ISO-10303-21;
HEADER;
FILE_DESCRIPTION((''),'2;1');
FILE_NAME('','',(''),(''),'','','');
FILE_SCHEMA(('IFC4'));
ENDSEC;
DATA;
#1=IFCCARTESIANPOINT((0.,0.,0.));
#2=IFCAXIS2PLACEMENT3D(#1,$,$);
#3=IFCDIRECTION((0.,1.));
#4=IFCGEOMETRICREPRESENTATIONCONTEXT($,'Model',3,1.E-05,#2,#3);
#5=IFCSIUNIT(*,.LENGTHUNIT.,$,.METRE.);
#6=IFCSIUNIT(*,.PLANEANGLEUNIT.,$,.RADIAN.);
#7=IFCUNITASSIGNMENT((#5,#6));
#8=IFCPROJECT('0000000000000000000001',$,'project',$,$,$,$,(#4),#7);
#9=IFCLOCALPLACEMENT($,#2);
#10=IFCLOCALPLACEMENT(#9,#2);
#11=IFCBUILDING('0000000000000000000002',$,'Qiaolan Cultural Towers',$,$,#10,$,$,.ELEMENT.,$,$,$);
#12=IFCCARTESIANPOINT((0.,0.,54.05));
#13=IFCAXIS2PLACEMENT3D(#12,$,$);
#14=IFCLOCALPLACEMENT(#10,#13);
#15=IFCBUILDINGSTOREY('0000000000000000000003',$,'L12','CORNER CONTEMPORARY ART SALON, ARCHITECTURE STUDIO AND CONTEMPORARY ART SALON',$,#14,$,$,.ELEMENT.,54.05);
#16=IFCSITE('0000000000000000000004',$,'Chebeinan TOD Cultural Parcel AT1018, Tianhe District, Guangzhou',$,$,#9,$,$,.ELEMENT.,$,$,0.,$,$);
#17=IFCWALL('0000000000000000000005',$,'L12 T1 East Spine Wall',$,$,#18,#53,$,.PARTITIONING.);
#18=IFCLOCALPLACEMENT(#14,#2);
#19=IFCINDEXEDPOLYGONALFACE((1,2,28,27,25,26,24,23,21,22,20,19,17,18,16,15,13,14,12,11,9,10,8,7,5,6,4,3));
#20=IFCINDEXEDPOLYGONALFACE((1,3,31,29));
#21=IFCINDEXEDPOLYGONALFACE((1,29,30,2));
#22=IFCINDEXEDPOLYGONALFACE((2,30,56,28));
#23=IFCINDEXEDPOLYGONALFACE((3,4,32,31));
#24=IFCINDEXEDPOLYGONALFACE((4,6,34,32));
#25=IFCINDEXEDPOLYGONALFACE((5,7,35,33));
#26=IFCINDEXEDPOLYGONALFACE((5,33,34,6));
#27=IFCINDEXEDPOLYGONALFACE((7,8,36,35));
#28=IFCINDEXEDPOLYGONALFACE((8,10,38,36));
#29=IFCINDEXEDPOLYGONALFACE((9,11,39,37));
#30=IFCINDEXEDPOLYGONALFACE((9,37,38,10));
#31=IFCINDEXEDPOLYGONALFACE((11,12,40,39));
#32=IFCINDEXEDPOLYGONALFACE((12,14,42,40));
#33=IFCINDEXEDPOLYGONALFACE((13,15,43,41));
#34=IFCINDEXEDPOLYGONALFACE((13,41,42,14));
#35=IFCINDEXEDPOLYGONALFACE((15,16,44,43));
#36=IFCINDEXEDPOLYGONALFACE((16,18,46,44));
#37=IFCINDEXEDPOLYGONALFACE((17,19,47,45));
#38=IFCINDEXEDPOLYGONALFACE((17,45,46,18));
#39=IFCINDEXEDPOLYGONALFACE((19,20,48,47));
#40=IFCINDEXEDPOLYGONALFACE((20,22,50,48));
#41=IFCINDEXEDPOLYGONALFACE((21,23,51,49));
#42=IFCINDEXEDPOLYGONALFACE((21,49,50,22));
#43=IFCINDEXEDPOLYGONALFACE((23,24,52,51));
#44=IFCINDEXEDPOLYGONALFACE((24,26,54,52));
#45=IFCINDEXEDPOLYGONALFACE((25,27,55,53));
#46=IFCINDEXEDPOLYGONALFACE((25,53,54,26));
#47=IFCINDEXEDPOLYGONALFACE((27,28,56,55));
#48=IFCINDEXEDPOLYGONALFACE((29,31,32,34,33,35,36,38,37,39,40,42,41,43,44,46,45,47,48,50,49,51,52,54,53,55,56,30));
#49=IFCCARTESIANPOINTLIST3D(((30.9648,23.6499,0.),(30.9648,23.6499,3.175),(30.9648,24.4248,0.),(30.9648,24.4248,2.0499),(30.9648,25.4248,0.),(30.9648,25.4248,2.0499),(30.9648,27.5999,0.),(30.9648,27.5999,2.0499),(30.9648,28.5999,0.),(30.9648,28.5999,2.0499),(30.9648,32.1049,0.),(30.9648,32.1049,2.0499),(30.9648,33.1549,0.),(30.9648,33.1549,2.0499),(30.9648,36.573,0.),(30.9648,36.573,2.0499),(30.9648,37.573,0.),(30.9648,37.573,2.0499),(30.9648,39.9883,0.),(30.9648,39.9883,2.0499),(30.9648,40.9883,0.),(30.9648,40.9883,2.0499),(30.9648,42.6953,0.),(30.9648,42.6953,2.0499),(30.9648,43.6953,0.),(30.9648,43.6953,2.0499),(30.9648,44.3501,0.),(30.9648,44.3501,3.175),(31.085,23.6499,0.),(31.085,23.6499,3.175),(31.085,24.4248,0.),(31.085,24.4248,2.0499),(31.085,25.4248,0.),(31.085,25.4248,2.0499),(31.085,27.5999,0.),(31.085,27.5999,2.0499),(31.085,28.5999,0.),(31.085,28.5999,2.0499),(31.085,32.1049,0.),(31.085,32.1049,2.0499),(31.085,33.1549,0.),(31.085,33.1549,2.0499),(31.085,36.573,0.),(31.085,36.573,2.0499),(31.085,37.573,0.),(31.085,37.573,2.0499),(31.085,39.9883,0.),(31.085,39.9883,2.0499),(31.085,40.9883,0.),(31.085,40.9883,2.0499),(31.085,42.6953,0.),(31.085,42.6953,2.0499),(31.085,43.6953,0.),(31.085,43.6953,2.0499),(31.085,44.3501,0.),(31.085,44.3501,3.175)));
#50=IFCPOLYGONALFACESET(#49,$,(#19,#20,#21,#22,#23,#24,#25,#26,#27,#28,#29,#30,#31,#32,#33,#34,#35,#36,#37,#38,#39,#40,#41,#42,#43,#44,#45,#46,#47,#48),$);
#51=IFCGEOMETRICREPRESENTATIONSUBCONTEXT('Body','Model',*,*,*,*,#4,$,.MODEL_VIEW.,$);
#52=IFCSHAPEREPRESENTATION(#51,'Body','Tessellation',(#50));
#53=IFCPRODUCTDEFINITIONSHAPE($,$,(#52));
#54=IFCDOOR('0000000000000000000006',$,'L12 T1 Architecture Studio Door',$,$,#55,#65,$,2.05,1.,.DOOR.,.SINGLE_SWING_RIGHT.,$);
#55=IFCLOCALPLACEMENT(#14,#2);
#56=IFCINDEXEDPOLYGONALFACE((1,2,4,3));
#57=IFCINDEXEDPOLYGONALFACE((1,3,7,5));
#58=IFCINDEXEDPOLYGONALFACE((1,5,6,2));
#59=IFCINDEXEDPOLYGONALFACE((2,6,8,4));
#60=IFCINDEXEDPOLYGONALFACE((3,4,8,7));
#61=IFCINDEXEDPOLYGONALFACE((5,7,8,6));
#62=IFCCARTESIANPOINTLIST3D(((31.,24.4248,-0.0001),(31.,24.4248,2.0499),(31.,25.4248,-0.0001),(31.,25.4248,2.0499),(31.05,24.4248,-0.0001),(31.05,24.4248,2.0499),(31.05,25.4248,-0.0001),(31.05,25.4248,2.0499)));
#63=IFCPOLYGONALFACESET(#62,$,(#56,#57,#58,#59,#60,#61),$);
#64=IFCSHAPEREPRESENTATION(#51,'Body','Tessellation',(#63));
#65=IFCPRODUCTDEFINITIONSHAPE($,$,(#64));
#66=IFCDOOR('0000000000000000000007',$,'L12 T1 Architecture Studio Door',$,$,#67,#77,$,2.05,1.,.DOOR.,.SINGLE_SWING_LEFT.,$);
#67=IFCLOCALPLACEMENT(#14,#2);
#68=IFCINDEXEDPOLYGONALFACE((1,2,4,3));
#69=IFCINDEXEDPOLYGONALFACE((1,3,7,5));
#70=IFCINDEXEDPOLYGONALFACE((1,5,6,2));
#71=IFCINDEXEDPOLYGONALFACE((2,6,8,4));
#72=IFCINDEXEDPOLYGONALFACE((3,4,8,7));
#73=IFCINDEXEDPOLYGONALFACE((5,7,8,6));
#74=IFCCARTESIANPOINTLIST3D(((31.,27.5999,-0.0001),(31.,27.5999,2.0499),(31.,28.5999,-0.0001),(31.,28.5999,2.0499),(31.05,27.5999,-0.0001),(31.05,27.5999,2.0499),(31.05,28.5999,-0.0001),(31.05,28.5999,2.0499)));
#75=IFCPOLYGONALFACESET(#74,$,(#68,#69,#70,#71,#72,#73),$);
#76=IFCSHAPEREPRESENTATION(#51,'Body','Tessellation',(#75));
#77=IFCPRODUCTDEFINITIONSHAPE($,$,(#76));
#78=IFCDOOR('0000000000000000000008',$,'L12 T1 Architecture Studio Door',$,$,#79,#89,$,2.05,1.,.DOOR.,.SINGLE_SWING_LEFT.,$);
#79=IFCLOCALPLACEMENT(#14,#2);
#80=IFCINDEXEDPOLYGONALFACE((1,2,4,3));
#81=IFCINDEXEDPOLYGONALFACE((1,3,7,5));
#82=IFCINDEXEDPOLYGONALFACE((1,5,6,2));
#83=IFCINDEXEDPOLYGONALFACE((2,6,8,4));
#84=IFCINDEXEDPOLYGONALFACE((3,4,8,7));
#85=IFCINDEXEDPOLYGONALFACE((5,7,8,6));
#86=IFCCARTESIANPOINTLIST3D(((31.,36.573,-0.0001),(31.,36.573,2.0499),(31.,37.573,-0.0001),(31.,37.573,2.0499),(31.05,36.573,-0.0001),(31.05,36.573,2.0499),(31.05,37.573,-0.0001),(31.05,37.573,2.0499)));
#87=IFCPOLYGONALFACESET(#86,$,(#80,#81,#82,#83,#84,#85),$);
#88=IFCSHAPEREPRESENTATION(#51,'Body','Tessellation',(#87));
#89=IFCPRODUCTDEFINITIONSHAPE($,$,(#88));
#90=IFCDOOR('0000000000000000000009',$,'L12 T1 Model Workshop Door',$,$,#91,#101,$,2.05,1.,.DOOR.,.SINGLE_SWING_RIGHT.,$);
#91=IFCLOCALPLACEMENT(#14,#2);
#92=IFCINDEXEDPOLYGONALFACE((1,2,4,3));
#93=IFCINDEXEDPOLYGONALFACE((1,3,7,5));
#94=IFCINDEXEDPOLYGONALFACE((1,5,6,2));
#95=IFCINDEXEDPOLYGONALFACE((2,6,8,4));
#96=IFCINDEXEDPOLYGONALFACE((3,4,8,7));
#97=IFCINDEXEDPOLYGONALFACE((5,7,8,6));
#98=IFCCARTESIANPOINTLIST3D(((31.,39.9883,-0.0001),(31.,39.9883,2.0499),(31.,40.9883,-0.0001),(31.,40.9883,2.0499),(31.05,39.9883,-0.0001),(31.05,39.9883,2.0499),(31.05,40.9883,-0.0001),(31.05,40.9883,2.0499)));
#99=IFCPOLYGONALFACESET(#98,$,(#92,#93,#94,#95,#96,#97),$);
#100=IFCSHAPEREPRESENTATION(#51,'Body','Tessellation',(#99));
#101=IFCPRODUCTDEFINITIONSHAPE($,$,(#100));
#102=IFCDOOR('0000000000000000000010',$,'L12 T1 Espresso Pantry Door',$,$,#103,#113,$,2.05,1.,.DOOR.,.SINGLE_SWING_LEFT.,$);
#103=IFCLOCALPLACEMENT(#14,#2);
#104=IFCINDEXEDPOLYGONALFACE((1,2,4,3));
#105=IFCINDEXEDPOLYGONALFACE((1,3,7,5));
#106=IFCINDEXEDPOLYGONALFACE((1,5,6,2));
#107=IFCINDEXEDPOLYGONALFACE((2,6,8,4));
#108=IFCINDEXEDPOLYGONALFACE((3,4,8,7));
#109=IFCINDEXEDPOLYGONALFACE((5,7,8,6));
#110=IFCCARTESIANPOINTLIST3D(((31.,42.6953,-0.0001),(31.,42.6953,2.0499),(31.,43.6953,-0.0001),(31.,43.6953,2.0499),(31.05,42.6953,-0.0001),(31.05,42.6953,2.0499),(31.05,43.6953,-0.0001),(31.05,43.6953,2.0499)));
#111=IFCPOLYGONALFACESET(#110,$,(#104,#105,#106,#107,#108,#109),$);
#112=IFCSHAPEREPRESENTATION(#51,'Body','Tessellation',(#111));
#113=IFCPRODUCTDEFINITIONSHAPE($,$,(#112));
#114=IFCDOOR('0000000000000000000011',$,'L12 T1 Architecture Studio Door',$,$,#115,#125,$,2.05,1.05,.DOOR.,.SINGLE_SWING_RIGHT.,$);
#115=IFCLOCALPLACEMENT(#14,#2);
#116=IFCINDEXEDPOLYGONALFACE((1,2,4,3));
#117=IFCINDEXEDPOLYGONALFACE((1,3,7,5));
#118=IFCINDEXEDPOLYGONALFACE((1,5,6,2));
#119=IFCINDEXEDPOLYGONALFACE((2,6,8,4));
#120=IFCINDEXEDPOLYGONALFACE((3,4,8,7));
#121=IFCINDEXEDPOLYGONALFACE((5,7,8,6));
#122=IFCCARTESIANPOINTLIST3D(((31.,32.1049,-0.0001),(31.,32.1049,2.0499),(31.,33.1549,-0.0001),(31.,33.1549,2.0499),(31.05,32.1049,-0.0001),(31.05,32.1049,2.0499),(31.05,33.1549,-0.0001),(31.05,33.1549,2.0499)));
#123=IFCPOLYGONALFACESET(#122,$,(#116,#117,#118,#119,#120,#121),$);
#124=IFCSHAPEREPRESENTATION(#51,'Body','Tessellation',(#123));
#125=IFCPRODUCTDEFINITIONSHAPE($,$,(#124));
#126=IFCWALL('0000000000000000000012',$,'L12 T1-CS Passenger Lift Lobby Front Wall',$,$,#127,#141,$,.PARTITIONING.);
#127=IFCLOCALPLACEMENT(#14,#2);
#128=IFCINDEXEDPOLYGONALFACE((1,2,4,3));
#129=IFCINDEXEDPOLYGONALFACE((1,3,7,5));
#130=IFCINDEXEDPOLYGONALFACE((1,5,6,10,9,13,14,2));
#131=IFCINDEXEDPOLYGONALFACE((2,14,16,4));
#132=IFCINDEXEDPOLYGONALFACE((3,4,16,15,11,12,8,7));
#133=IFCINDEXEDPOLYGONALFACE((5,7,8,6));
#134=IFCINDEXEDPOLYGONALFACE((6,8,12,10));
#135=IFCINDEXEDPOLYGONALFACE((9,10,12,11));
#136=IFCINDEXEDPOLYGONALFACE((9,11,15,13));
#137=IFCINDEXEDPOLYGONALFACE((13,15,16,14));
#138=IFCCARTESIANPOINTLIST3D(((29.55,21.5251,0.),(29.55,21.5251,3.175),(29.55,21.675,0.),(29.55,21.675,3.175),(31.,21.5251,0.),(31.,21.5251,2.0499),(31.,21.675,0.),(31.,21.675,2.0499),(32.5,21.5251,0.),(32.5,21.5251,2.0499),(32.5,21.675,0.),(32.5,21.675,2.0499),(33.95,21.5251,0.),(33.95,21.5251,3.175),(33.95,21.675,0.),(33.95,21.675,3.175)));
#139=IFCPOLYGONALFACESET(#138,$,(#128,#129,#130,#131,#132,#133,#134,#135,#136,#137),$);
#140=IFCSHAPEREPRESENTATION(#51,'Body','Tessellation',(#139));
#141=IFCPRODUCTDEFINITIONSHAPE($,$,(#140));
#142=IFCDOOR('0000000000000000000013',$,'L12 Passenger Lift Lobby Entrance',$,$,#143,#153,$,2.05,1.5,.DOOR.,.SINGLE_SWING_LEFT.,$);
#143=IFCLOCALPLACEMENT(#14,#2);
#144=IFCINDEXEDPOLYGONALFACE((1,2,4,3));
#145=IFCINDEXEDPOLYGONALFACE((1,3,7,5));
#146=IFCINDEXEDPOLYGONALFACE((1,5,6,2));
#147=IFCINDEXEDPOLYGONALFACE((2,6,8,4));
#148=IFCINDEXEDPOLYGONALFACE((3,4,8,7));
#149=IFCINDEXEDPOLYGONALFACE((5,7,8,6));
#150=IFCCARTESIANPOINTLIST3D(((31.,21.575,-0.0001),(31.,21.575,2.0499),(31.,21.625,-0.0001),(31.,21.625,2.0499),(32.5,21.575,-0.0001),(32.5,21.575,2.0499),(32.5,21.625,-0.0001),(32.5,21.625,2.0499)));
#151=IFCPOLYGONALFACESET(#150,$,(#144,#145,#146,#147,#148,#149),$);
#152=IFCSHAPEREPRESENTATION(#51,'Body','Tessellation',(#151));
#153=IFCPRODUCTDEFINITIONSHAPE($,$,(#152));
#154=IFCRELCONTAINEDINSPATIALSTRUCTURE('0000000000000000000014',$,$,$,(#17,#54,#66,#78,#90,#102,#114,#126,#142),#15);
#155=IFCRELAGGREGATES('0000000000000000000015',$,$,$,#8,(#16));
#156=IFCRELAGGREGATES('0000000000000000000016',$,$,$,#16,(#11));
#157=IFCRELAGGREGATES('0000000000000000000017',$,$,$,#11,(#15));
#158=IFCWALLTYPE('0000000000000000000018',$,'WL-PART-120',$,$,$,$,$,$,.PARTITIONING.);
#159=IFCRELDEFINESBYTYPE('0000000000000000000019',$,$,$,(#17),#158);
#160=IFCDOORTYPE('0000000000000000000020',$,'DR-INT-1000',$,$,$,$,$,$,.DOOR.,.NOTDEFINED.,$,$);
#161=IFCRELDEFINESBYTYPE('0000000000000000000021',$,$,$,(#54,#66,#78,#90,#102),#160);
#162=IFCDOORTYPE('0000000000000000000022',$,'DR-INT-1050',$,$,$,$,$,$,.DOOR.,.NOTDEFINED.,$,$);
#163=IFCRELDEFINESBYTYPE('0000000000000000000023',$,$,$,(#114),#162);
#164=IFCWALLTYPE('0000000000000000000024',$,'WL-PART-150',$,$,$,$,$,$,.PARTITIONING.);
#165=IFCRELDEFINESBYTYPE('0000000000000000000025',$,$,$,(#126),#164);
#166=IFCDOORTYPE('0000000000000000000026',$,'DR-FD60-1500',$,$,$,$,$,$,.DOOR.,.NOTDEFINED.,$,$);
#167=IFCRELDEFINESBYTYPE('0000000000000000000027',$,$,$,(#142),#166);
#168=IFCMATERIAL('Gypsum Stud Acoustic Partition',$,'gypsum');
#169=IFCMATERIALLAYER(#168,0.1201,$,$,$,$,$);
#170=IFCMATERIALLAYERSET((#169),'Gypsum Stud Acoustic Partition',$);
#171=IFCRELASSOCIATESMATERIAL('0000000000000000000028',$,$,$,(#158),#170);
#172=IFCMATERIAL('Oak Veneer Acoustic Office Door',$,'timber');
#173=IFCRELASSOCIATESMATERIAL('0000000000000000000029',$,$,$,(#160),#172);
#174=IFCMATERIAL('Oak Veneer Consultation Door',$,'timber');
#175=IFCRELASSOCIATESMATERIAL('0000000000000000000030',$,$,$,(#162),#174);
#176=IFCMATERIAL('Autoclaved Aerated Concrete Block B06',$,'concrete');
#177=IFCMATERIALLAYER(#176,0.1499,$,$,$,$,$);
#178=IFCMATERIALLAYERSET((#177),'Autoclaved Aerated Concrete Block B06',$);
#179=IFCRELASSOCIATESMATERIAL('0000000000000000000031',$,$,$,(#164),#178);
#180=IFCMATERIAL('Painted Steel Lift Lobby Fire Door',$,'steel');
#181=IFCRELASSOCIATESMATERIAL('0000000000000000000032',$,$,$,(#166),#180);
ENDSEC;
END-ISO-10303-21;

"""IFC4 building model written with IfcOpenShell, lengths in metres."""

from ifc_helpers import new_model, si_unit, direction, frame, frame_2d, origin, place, context, subcontext, project, spatial, rectangle, extrude, material, layer, layer_set, type_object, element, fill, save


model = new_model("IFC4")

# Units and contexts
model_context = context("Model", 3, precision=1e-05, world=origin(), true_north=direction((0.0, 1.0)))
body_context = subcontext(model_context, "Body", "Model", "MODEL_VIEW")
ifc_project = project(units=[si_unit("LENGTHUNIT", "METRE"), si_unit("PLANEANGLEUNIT", "RADIAN")], contexts=[model_context])

# Site, building, storey
site_placement = place(None, origin())
site = spatial("IfcSite", under=ifc_project, at=site_placement, Name="Chebeinan TOD Cultural Parcel AT1018, Tianhe District, Guangzhou", CompositionType="ELEMENT", RefElevation=0.0)
building_placement = place(site_placement, origin())
building = spatial("IfcBuilding", under=site, at=building_placement, Name="Qiaolan Cultural Towers", CompositionType="ELEMENT")
storey_placement = place(building_placement, frame((0.0, 0.0, 54.05)))
storey = spatial("IfcBuildingStorey", under=building, at=storey_placement, Name="L12", Description="CORNER CONTEMPORARY ART SALON, ARCHITECTURE STUDIO AND CONTEMPORARY ART SALON", CompositionType="ELEMENT", Elevation=54.05)

# Shared definitions
ifc_material_1 = material(Name="Gypsum Stud Acoustic Partition", Category="gypsum")
ifc_layer_1 = layer(ifc_material_1, 0.1201)
ifc_layer_set_1 = layer_set([ifc_layer_1], Name="Gypsum Stud Acoustic Partition")
wall_type_1 = type_object("IfcWallType", Name="WL-PART-120", PredefinedType="PARTITIONING", material=ifc_layer_set_1)

# Wall, openings, doors
ifc_material_2 = material(Name="Oak Veneer Acoustic Office Door", Category="timber")
door_type_1 = type_object("IfcDoorType", Name="DR-INT-1000", OperationType="NOTDEFINED", PredefinedType="DOOR", material=ifc_material_2)
wall_1_placement = place(storey_placement, frame((31.0249, 23.6499, 0.0), z_axis=(0.0, 0.0, 1.0), x_axis=(0.0, 1.0, 0.0)))
wall_1 = element("IfcWall", 1, at=wall_1_placement, inside=storey, type_object=wall_type_1, Name="L12 T1 East Spine Wall", PredefinedType="PARTITIONING", context=body_context, shape_type="SweptSolid", body=[
    extrude(rectangle(XDim=20.7002, YDim=0.1201, at=frame_2d((10.3501, 0.0))), origin(), (0.0, 0.0, 1.0), 3.175),
])
opening_1_placement = place(wall_1_placement, frame((0.7749, 0.0, 0.0)))
opening_1 = element("IfcOpeningElement", 2, at=opening_1_placement, cuts=wall_1, PredefinedType="OPENING", context=body_context, shape_type="SweptSolid", body=[
    extrude(rectangle(XDim=1.0, YDim=2.05, at=frame_2d((0.5, 1.0249))), frame((0.0, 0.0701, 0.0), z_axis=(0.0, -1.0, 0.0), x_axis=(1.0, 0.0, 0.0)), (0.0, 0.0, 1.0), 0.1401),
])
opening_2_placement = place(wall_1_placement, frame((3.95, 0.0, 0.0)))
opening_2 = element("IfcOpeningElement", 3, at=opening_2_placement, cuts=wall_1, PredefinedType="OPENING", context=body_context, shape_type="SweptSolid", body=[
    extrude(rectangle(XDim=1.0, YDim=2.05, at=frame_2d((0.5, 1.0249))), frame((0.0, 0.0701, 0.0), z_axis=(0.0, -1.0, 0.0), x_axis=(1.0, 0.0, 0.0)), (0.0, 0.0, 1.0), 0.1401),
])
opening_3_placement = place(wall_1_placement, frame((8.4551, 0.0, 0.0)))
opening_3 = element("IfcOpeningElement", 4, at=opening_3_placement, cuts=wall_1, PredefinedType="OPENING", context=body_context, shape_type="SweptSolid", body=[
    extrude(rectangle(XDim=1.05, YDim=2.05, at=frame_2d((0.5249, 1.0249))), frame((0.0, 0.0701, 0.0), z_axis=(0.0, -1.0, 0.0), x_axis=(1.0, 0.0, 0.0)), (0.0, 0.0, 1.0), 0.1401),
])
opening_4_placement = place(wall_1_placement, frame((12.9231, 0.0, 0.0)))
opening_4 = element("IfcOpeningElement", 5, at=opening_4_placement, cuts=wall_1, PredefinedType="OPENING", context=body_context, shape_type="SweptSolid", body=[
    extrude(rectangle(XDim=1.0, YDim=2.05, at=frame_2d((0.5, 1.0249))), frame((0.0, 0.0701, 0.0), z_axis=(0.0, -1.0, 0.0), x_axis=(1.0, 0.0, 0.0)), (0.0, 0.0, 1.0), 0.1401),
])
opening_5_placement = place(wall_1_placement, frame((16.3384, 0.0, 0.0)))
opening_5 = element("IfcOpeningElement", 6, at=opening_5_placement, cuts=wall_1, PredefinedType="OPENING", context=body_context, shape_type="SweptSolid", body=[
    extrude(rectangle(XDim=1.0, YDim=2.05, at=frame_2d((0.5, 1.0249))), frame((0.0, 0.0701, 0.0), z_axis=(0.0, -1.0, 0.0), x_axis=(1.0, 0.0, 0.0)), (0.0, 0.0, 1.0), 0.1401),
])
opening_6_placement = place(wall_1_placement, frame((19.0454, 0.0, 0.0)))
opening_6 = element("IfcOpeningElement", 7, at=opening_6_placement, cuts=wall_1, PredefinedType="OPENING", context=body_context, shape_type="SweptSolid", body=[
    extrude(rectangle(XDim=1.0, YDim=2.05, at=frame_2d((0.5, 1.0249))), frame((0.0, 0.0701, 0.0), z_axis=(0.0, -1.0, 0.0), x_axis=(1.0, 0.0, 0.0)), (0.0, 0.0, 1.0), 0.1401),
])
door_1_placement = place(opening_1_placement, origin())
door_1 = element("IfcDoor", 8, at=door_1_placement, inside=storey, type_object=door_type_1, Name="L12 T1 Architecture Studio Door", OperationType="SINGLE_SWING_RIGHT", OverallHeight=2.05, OverallWidth=1.0, PredefinedType="DOOR", context=body_context, shape_type="SweptSolid", body=[
    extrude(rectangle(XDim=1.0, YDim=2.05, at=frame_2d((0.5, 1.0249))), frame((0.0, 0.0249, 0.0), z_axis=(0.0, -1.0, 0.0), x_axis=(1.0, 0.0, 0.0)), (0.0, 0.0, 1.0), 0.05),
])
fill(opening_1, door_1)
door_2_placement = place(opening_2_placement, origin())
door_2 = element("IfcDoor", 9, at=door_2_placement, inside=storey, type_object=door_type_1, Name="L12 T1 Architecture Studio Door", OperationType="SINGLE_SWING_LEFT", OverallHeight=2.05, OverallWidth=1.0, PredefinedType="DOOR", context=body_context, shape_type="SweptSolid", body=[
    extrude(rectangle(XDim=1.0, YDim=2.05, at=frame_2d((0.5, 1.0249))), frame((0.0, 0.0249, 0.0), z_axis=(0.0, -1.0, 0.0), x_axis=(1.0, 0.0, 0.0)), (0.0, 0.0, 1.0), 0.05),
])
fill(opening_2, door_2)
door_3_placement = place(opening_4_placement, origin())
door_3 = element("IfcDoor", 10, at=door_3_placement, inside=storey, type_object=door_type_1, Name="L12 T1 Architecture Studio Door", OperationType="SINGLE_SWING_LEFT", OverallHeight=2.05, OverallWidth=1.0, PredefinedType="DOOR", context=body_context, shape_type="SweptSolid", body=[
    extrude(rectangle(XDim=1.0, YDim=2.05, at=frame_2d((0.5, 1.0249))), frame((0.0, 0.0249, 0.0), z_axis=(0.0, -1.0, 0.0), x_axis=(1.0, 0.0, 0.0)), (0.0, 0.0, 1.0), 0.05),
])
fill(opening_4, door_3)
door_4_placement = place(opening_5_placement, origin())
door_4 = element("IfcDoor", 11, at=door_4_placement, inside=storey, type_object=door_type_1, Name="L12 T1 Model Workshop Door", OperationType="SINGLE_SWING_RIGHT", OverallHeight=2.05, OverallWidth=1.0, PredefinedType="DOOR", context=body_context, shape_type="SweptSolid", body=[
    extrude(rectangle(XDim=1.0, YDim=2.05, at=frame_2d((0.5, 1.0249))), frame((0.0, 0.0249, 0.0), z_axis=(0.0, -1.0, 0.0), x_axis=(1.0, 0.0, 0.0)), (0.0, 0.0, 1.0), 0.05),
])
fill(opening_5, door_4)
door_5_placement = place(opening_6_placement, origin())
door_5 = element("IfcDoor", 12, at=door_5_placement, inside=storey, type_object=door_type_1, Name="L12 T1 Espresso Pantry Door", OperationType="SINGLE_SWING_LEFT", OverallHeight=2.05, OverallWidth=1.0, PredefinedType="DOOR", context=body_context, shape_type="SweptSolid", body=[
    extrude(rectangle(XDim=1.0, YDim=2.05, at=frame_2d((0.5, 1.0249))), frame((0.0, 0.0249, 0.0), z_axis=(0.0, -1.0, 0.0), x_axis=(1.0, 0.0, 0.0)), (0.0, 0.0, 1.0), 0.05),
])
fill(opening_6, door_5)
ifc_material_3 = material(Name="Oak Veneer Consultation Door", Category="timber")
door_type_2 = type_object("IfcDoorType", Name="DR-INT-1050", OperationType="NOTDEFINED", PredefinedType="DOOR", material=ifc_material_3)
door_6_placement = place(opening_3_placement, origin())
door_6 = element("IfcDoor", 13, at=door_6_placement, inside=storey, type_object=door_type_2, Name="L12 T1 Architecture Studio Door", OperationType="SINGLE_SWING_RIGHT", OverallHeight=2.05, OverallWidth=1.05, PredefinedType="DOOR", context=body_context, shape_type="SweptSolid", body=[
    extrude(rectangle(XDim=1.05, YDim=2.05, at=frame_2d((0.5249, 1.0249))), frame((0.0, 0.0249, 0.0), z_axis=(0.0, -1.0, 0.0), x_axis=(1.0, 0.0, 0.0)), (0.0, 0.0, 1.0), 0.05),
])
fill(opening_3, door_6)

# Wall, opening, door
ifc_material_4 = material(Name="Autoclaved Aerated Concrete Block B06", Category="concrete")
ifc_layer_2 = layer(ifc_material_4, 0.1499)
ifc_layer_set_2 = layer_set([ifc_layer_2], Name="Autoclaved Aerated Concrete Block B06")
wall_type_2 = type_object("IfcWallType", Name="WL-PART-150", PredefinedType="PARTITIONING", material=ifc_layer_set_2)
wall_2_placement = place(storey_placement, frame((29.55, 21.6001, 0.0), z_axis=(0.0, 0.0, 1.0), x_axis=(1.0, 0.0, 0.0)))
wall_2 = element("IfcWall", 14, at=wall_2_placement, inside=storey, type_object=wall_type_2, Name="L12 T1-CS Passenger Lift Lobby Front Wall", PredefinedType="PARTITIONING", context=body_context, shape_type="SweptSolid", body=[
    extrude(rectangle(XDim=4.3999, YDim=0.1499, at=frame_2d((2.2, 0.0))), origin(), (0.0, 0.0, 1.0), 3.175),
])
opening_7_placement = place(wall_2_placement, frame((1.45, 0.0, 0.0)))
opening_7 = element("IfcOpeningElement", 15, at=opening_7_placement, cuts=wall_2, PredefinedType="OPENING", context=body_context, shape_type="SweptSolid", body=[
    extrude(rectangle(XDim=1.5, YDim=2.05, at=frame_2d((0.75, 1.0249))), frame((0.0, 0.085, 0.0), z_axis=(0.0, -1.0, 0.0), x_axis=(1.0, 0.0, 0.0)), (0.0, 0.0, 1.0), 0.1699),
])
ifc_material_5 = material(Name="Painted Steel Lift Lobby Fire Door", Category="steel")
door_type_3 = type_object("IfcDoorType", Name="DR-FD60-1500", OperationType="NOTDEFINED", PredefinedType="DOOR", material=ifc_material_5)
door_7_placement = place(opening_7_placement, origin())
door_7 = element("IfcDoor", 16, at=door_7_placement, inside=storey, type_object=door_type_3, Name="L12 Passenger Lift Lobby Entrance", OperationType="SINGLE_SWING_LEFT", OverallHeight=2.05, OverallWidth=1.5, PredefinedType="DOOR", context=body_context, shape_type="SweptSolid", body=[
    extrude(rectangle(XDim=1.5, YDim=2.05, at=frame_2d((0.75, 1.0249))), frame((0.0, 0.0249, 0.0), z_axis=(0.0, -1.0, 0.0), x_axis=(1.0, 0.0, 0.0)), (0.0, 0.0, 1.0), 0.05),
])
fill(opening_7, door_7)

save(model, "model.ifc")
